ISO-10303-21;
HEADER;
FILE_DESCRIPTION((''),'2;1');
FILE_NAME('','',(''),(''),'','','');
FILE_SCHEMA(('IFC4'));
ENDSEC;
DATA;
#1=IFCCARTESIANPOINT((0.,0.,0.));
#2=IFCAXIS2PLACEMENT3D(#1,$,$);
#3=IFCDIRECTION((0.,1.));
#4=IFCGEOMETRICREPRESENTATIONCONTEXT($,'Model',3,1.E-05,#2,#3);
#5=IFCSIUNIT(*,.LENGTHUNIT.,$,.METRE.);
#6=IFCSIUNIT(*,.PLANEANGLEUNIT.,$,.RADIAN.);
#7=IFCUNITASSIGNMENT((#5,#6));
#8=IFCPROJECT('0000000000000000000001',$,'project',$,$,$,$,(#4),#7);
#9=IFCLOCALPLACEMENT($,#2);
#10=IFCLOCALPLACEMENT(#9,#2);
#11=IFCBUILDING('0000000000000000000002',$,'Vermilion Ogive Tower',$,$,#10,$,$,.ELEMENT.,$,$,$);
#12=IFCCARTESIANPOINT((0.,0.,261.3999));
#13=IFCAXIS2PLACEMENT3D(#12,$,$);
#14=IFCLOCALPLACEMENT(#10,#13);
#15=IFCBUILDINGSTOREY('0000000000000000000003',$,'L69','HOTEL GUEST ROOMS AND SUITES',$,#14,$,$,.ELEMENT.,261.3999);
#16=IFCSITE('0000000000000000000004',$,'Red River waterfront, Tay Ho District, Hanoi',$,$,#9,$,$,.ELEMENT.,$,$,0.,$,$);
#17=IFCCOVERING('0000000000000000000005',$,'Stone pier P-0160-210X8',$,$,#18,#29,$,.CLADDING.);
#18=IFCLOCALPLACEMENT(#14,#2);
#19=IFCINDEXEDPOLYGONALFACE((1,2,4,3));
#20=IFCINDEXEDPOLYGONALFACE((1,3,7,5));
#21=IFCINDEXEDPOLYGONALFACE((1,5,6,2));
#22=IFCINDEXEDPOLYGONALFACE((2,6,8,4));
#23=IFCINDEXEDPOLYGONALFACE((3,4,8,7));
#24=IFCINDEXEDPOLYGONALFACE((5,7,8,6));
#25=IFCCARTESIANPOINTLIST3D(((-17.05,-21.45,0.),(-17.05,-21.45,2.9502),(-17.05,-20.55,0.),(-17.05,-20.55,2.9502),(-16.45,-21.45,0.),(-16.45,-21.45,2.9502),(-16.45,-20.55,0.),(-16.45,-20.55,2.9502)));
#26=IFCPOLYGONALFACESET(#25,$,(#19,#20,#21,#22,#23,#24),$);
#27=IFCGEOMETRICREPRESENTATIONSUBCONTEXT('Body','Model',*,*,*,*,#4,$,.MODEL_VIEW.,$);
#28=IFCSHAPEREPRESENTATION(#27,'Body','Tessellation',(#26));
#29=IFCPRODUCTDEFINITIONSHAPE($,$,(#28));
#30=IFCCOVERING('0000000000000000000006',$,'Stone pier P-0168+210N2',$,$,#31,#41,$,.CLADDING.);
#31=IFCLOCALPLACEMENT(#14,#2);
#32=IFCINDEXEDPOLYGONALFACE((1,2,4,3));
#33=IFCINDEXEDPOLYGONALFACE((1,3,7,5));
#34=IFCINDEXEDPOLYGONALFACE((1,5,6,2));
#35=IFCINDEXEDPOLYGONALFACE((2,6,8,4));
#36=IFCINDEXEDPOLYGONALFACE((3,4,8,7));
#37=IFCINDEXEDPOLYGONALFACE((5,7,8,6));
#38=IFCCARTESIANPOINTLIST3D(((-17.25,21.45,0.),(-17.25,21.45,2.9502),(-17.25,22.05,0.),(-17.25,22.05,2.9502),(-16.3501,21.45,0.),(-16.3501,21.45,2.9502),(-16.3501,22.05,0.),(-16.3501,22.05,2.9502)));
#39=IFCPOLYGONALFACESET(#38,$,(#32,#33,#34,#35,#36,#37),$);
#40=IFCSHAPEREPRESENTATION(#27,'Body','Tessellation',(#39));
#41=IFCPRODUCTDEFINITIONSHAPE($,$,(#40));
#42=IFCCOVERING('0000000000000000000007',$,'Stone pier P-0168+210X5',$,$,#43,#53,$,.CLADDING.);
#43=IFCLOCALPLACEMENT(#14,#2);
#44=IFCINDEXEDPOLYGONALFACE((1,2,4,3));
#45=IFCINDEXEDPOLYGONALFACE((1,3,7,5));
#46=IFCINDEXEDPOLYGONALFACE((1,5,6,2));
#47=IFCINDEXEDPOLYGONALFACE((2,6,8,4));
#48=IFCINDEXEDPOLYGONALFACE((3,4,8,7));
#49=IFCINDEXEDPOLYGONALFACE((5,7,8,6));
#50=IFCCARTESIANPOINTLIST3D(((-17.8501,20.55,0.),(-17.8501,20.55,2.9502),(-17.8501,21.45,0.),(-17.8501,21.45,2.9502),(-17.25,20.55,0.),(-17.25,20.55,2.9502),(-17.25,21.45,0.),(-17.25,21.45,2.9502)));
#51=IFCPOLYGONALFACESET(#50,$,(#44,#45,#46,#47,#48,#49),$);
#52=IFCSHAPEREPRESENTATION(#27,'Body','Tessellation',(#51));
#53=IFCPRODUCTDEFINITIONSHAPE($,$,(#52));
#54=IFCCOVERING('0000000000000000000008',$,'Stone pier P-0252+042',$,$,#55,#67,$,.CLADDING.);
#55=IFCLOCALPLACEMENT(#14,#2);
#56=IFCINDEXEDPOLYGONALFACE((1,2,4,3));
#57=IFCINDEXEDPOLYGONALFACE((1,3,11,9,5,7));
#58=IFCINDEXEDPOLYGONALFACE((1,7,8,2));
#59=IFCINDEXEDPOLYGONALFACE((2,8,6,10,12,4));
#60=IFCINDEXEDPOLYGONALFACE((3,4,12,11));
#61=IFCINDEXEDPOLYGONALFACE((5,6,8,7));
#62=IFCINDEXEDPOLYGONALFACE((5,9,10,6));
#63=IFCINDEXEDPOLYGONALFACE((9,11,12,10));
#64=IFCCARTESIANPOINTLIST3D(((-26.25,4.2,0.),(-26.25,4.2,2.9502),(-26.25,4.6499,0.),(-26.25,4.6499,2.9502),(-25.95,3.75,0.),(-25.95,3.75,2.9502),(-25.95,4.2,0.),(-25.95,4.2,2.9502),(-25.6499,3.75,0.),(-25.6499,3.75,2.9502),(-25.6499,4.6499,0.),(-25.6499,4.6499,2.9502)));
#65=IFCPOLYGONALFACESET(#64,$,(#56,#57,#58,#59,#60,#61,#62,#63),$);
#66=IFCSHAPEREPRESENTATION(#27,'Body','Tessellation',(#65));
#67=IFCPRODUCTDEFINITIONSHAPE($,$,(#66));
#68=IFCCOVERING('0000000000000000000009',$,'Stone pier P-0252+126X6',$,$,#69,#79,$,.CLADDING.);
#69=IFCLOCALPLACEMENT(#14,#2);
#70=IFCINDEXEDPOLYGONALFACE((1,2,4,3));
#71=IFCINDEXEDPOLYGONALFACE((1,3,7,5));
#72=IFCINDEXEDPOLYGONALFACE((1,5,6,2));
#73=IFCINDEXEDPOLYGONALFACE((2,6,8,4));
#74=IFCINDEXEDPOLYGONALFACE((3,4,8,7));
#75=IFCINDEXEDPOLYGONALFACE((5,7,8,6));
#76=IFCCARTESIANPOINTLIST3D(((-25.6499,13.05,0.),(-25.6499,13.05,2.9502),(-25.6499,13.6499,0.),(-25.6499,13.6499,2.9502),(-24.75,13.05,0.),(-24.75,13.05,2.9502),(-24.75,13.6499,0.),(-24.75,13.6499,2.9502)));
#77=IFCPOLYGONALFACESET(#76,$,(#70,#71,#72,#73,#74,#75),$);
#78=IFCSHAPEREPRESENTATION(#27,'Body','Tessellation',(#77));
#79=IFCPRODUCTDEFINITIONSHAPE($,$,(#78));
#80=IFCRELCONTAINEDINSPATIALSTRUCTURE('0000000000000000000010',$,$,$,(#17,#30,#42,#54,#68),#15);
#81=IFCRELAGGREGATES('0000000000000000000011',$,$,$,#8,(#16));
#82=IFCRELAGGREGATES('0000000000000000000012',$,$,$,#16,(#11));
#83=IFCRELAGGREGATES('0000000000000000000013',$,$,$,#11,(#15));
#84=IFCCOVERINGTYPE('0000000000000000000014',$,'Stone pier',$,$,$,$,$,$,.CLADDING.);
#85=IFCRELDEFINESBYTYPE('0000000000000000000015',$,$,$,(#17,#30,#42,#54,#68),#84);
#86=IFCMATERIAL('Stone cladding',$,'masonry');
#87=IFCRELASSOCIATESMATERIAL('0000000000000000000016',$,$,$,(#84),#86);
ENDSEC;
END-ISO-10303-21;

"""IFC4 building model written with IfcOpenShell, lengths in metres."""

from ifc_helpers import new_model, si_unit, direction, frame, origin, place, context, subcontext, project, spatial, polyline, outline, extrude, material, type_object, element, save


model = new_model("IFC4")

# Units and contexts
model_context = context("Model", 3, precision=1e-05, world=origin(), true_north=direction((0.0, 1.0)))
body_context = subcontext(model_context, "Body", "Model", "MODEL_VIEW")
ifc_project = project(units=[si_unit("LENGTHUNIT", "METRE"), si_unit("PLANEANGLEUNIT", "RADIAN")], contexts=[model_context])

# Site, building, storey
site_placement = place(None, origin())
site = spatial("IfcSite", under=ifc_project, at=site_placement, Name="Red River waterfront, Tay Ho District, Hanoi", CompositionType="ELEMENT", RefElevation=0.0)
building_placement = place(site_placement, origin())
building = spatial("IfcBuilding", under=site, at=building_placement, Name="Vermilion Ogive Tower", CompositionType="ELEMENT")
storey_placement = place(building_placement, frame((0.0, 0.0, 261.3999)))
storey = spatial("IfcBuildingStorey", under=building, at=storey_placement, Name="L69", Description="HOTEL GUEST ROOMS AND SUITES", CompositionType="ELEMENT", Elevation=261.3999)

# Coverings
ifc_material_1 = material(Name="Stone cladding", Category="masonry")
covering_type = type_object("IfcCoveringType", Name="Stone pier", PredefinedType="CLADDING", material=ifc_material_1)
covering_1_placement = place(storey_placement, origin())
element("IfcCovering", 1, at=covering_1_placement, inside=storey, type_object=covering_type, Name="Stone pier P-0160-210X8", PredefinedType="CLADDING", context=body_context, shape_type="SweptSolid", body=[
    extrude(outline(polyline([(-17.05, -20.55), (-16.45, -20.55), (-16.45, -21.45), (-17.05, -21.45), (-17.05, -20.55)])), origin(), (0.0, 0.0, 1.0), 2.9502),
])
covering_2_placement = place(storey_placement, origin())
element("IfcCovering", 2, at=covering_2_placement, inside=storey, type_object=covering_type, Name="Stone pier P-0168+210N2", PredefinedType="CLADDING", context=body_context, shape_type="SweptSolid", body=[
    extrude(outline(polyline([(-17.25, 21.45), (-17.25, 22.05), (-16.3501, 22.05), (-16.3501, 21.45), (-17.25, 21.45), (-17.25, 21.45)])), origin(), (0.0, 0.0, 1.0), 2.9502),
])
covering_3_placement = place(storey_placement, origin())
element("IfcCovering", 3, at=covering_3_placement, inside=storey, type_object=covering_type, Name="Stone pier P-0168+210X5", PredefinedType="CLADDING", context=body_context, shape_type="SweptSolid", body=[
    extrude(outline(polyline([(-17.8501, 21.45), (-17.25, 21.45), (-17.25, 21.45), (-17.25, 20.55), (-17.8501, 20.55), (-17.8501, 21.45)])), origin(), (0.0, 0.0, 1.0), 2.9502),
])
covering_4_placement = place(storey_placement, origin())
element("IfcCovering", 4, at=covering_4_placement, inside=storey, type_object=covering_type, Name="Stone pier P-0252+042", PredefinedType="CLADDING", context=body_context, shape_type="SweptSolid", body=[
    extrude(outline(polyline([(-25.95, 3.75), (-25.95, 4.2), (-26.25, 4.2), (-26.25, 4.6499), (-25.6499, 4.6499), (-25.6499, 3.75), (-25.95, 3.75)])), origin(), (0.0, 0.0, 1.0), 2.9502),
])
covering_5_placement = place(storey_placement, origin())
element("IfcCovering", 5, at=covering_5_placement, inside=storey, type_object=covering_type, Name="Stone pier P-0252+126X6", PredefinedType="CLADDING", context=body_context, shape_type="SweptSolid", body=[
    extrude(outline(polyline([(-25.6499, 13.05), (-25.6499, 13.6499), (-24.75, 13.6499), (-24.75, 13.05), (-24.75, 13.05), (-25.6499, 13.05)])), origin(), (0.0, 0.0, 1.0), 2.9502),
])

save(model, "model.ifc")
